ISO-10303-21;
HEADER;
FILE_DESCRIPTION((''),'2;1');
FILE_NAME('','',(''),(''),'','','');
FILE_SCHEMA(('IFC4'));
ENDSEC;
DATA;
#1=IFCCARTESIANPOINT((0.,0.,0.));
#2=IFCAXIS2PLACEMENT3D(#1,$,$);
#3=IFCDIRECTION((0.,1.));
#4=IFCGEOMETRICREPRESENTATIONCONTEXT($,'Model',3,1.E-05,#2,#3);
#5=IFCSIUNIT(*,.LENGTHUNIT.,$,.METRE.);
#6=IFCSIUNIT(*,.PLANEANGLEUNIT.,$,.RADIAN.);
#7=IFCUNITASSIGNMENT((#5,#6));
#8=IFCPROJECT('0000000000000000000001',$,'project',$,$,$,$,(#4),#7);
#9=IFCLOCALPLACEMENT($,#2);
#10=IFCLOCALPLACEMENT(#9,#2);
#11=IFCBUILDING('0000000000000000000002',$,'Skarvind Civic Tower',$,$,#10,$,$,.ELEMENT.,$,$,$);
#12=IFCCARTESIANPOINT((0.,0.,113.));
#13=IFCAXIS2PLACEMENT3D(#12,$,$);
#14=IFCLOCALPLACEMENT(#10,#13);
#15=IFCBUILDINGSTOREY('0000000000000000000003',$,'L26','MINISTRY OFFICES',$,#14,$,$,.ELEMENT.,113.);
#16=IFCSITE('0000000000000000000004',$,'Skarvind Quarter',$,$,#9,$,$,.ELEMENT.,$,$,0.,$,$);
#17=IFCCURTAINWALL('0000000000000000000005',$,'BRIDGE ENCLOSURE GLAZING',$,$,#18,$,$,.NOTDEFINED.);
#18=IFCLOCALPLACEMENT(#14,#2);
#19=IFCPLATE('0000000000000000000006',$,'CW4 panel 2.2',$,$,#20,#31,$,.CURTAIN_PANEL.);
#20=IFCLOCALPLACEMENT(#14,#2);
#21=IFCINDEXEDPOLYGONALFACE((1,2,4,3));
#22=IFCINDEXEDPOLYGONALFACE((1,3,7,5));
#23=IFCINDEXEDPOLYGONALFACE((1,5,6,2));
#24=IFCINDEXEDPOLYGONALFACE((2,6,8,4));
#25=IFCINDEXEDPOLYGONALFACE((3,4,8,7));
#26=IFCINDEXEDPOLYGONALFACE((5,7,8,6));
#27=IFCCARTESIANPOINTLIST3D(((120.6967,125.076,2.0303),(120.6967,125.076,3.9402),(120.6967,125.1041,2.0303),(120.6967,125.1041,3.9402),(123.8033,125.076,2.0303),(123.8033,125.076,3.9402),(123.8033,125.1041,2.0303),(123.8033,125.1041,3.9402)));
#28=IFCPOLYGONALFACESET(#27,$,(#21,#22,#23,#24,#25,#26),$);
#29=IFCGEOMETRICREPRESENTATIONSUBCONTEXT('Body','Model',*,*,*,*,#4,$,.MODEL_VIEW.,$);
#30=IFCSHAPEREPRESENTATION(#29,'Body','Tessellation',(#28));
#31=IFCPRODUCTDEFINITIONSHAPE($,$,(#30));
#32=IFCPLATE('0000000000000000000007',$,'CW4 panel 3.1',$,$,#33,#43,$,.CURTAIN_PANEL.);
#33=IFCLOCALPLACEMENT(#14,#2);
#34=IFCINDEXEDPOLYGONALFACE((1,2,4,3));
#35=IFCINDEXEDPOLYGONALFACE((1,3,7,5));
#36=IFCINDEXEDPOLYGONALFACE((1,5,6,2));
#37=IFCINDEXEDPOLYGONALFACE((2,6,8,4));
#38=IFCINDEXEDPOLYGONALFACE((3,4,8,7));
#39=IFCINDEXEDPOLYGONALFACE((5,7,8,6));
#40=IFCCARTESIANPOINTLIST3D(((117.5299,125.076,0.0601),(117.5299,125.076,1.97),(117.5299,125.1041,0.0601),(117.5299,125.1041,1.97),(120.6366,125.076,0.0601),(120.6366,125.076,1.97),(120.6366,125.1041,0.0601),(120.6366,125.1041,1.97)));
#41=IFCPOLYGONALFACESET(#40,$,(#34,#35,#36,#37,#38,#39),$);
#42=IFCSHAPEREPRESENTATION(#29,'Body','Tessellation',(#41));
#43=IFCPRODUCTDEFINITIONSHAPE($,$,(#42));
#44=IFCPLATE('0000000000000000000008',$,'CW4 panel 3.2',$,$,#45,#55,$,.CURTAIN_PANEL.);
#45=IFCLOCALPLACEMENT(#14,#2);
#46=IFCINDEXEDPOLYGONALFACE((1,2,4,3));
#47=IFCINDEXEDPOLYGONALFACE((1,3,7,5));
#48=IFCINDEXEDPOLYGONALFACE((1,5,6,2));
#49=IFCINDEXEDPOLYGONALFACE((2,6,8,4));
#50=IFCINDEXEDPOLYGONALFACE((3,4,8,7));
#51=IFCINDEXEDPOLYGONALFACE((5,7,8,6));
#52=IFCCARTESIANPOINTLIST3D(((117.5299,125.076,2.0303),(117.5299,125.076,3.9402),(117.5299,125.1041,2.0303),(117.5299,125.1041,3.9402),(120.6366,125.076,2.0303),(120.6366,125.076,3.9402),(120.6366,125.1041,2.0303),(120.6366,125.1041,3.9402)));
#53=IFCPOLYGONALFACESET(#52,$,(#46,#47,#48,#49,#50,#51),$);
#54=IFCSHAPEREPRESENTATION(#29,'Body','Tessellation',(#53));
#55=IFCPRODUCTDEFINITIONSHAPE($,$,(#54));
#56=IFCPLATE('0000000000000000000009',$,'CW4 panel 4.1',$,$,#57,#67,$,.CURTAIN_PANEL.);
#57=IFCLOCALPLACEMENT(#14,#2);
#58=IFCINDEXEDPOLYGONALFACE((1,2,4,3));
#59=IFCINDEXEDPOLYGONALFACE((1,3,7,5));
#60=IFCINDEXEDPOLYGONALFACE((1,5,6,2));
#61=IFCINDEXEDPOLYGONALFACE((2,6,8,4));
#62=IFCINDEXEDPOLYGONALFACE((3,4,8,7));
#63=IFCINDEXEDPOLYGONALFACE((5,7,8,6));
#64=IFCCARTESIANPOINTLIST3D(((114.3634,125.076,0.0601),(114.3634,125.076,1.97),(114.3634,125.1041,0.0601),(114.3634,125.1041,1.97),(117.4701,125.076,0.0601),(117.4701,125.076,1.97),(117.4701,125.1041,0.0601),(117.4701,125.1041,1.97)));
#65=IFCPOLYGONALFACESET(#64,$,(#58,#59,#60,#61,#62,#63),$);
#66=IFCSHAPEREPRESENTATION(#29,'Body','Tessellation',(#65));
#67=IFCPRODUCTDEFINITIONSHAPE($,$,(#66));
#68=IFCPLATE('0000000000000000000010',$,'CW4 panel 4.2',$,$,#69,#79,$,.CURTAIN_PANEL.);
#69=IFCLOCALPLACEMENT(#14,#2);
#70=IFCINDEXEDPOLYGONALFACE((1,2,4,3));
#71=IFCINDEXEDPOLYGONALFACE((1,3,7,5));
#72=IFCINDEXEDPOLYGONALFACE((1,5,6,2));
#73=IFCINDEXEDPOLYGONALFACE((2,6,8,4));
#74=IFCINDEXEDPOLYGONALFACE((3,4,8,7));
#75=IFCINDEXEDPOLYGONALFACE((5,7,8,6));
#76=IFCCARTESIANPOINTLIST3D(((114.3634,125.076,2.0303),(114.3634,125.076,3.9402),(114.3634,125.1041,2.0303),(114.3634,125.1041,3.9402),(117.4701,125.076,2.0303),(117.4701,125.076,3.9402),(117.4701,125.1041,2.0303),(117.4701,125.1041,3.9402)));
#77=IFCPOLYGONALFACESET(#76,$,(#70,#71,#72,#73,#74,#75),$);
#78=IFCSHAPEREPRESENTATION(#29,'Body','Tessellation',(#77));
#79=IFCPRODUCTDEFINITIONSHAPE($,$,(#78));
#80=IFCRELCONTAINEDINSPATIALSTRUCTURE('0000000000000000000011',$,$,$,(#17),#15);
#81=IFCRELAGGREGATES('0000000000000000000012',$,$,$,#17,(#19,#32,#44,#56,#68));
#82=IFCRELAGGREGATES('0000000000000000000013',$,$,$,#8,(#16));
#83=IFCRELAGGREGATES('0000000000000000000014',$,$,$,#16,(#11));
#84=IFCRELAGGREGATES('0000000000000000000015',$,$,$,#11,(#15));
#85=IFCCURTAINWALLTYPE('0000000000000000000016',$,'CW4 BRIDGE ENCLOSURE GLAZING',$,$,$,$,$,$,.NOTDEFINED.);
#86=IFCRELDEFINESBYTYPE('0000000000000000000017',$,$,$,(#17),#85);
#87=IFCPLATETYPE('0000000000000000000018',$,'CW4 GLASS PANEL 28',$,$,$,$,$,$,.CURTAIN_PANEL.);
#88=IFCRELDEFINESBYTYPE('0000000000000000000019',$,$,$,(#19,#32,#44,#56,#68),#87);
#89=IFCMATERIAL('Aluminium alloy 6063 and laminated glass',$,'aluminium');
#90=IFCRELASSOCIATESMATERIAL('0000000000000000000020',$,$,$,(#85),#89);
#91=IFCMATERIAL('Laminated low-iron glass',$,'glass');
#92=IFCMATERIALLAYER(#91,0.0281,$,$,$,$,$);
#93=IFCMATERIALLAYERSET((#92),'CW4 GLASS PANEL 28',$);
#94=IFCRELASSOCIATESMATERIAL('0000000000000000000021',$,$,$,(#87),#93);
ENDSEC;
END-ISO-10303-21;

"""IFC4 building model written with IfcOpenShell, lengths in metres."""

from ifc_helpers import new_model, si_unit, direction, frame, origin, origin_2d, place, context, subcontext, project, spatial, rectangle, extrude, material, layer, layer_set, type_object, element, aggregate, save


model = new_model("IFC4")

# Units and contexts
model_context = context("Model", 3, precision=1e-05, world=origin(), true_north=direction((0.0, 1.0)))
body_context = subcontext(model_context, "Body", "Model", "MODEL_VIEW")
ifc_project = project(units=[si_unit("LENGTHUNIT", "METRE"), si_unit("PLANEANGLEUNIT", "RADIAN")], contexts=[model_context])

# Site, building, storey
site_placement = place(None, origin())
site = spatial("IfcSite", under=ifc_project, at=site_placement, Name="Skarvind Quarter", CompositionType="ELEMENT", RefElevation=0.0)
building_placement = place(site_placement, origin())
building = spatial("IfcBuilding", under=site, at=building_placement, Name="Skarvind Civic Tower", CompositionType="ELEMENT")
storey_placement = place(building_placement, frame((0.0, 0.0, 113.0)))
storey = spatial("IfcBuildingStorey", under=building, at=storey_placement, Name="L26", Description="MINISTRY OFFICES", CompositionType="ELEMENT", Elevation=113.0)

# Curtain wall, plates
ifc_material_1 = material(Name="Aluminium alloy 6063 and laminated glass", Category="aluminium")
curtain_wall_type = type_object("IfcCurtainWallType", Name="CW4 BRIDGE ENCLOSURE GLAZING", PredefinedType="NOTDEFINED", material=ifc_material_1)
curtain_wall_placement = place(storey_placement, origin())
curtain_wall = element("IfcCurtainWall", 1, at=curtain_wall_placement, inside=storey, type_object=curtain_wall_type, Name="BRIDGE ENCLOSURE GLAZING", PredefinedType="NOTDEFINED")
ifc_material_2 = material(Name="Laminated low-iron glass", Category="glass")
ifc_layer = layer(ifc_material_2, 0.0281)
ifc_layer_set = layer_set([ifc_layer], Name="CW4 GLASS PANEL 28")
plate_type = type_object("IfcPlateType", Name="CW4 GLASS PANEL 28", PredefinedType="CURTAIN_PANEL", material=ifc_layer_set)
plate_1_placement = place(storey_placement, frame((122.25, 125.0901, 2.0303), z_axis=(0.0, 0.0, 1.0), x_axis=(-1.0, 0.0, 0.0)))
plate_1 = element("IfcPlate", 2, at=plate_1_placement, type_object=plate_type, Name="CW4 panel 2.2", PredefinedType="CURTAIN_PANEL", context=body_context, shape_type="SweptSolid", body=[
    extrude(rectangle(XDim=3.1067, YDim=0.0281, at=origin_2d()), origin(), (0.0, 0.0, 1.0), 1.9099),
])
plate_2_placement = place(storey_placement, frame((119.0833, 125.0901, 0.0601), z_axis=(0.0, 0.0, 1.0), x_axis=(-1.0, 0.0, 0.0)))
plate_2 = element("IfcPlate", 3, at=plate_2_placement, type_object=plate_type, Name="CW4 panel 3.1", PredefinedType="CURTAIN_PANEL", context=body_context, shape_type="SweptSolid", body=[
    extrude(rectangle(XDim=3.1067, YDim=0.0281, at=origin_2d()), origin(), (0.0, 0.0, 1.0), 1.9099),
])
plate_3_placement = place(storey_placement, frame((119.0833, 125.0901, 2.0303), z_axis=(0.0, 0.0, 1.0), x_axis=(-1.0, 0.0, 0.0)))
plate_3 = element("IfcPlate", 4, at=plate_3_placement, type_object=plate_type, Name="CW4 panel 3.2", PredefinedType="CURTAIN_PANEL", context=body_context, shape_type="SweptSolid", body=[
    extrude(rectangle(XDim=3.1067, YDim=0.0281, at=origin_2d()), origin(), (0.0, 0.0, 1.0), 1.9099),
])
plate_4_placement = place(storey_placement, frame((115.9167, 125.0901, 0.0601), z_axis=(0.0, 0.0, 1.0), x_axis=(-1.0, 0.0, 0.0)))
plate_4 = element("IfcPlate", 5, at=plate_4_placement, type_object=plate_type, Name="CW4 panel 4.1", PredefinedType="CURTAIN_PANEL", context=body_context, shape_type="SweptSolid", body=[
    extrude(rectangle(XDim=3.1067, YDim=0.0281, at=origin_2d()), origin(), (0.0, 0.0, 1.0), 1.9099),
])
plate_5_placement = place(storey_placement, frame((115.9167, 125.0901, 2.0303), z_axis=(0.0, 0.0, 1.0), x_axis=(-1.0, 0.0, 0.0)))
plate_5 = element("IfcPlate", 6, at=plate_5_placement, type_object=plate_type, Name="CW4 panel 4.2", PredefinedType="CURTAIN_PANEL", context=body_context, shape_type="SweptSolid", body=[
    extrude(rectangle(XDim=3.1067, YDim=0.0281, at=origin_2d()), origin(), (0.0, 0.0, 1.0), 1.9099),
])
aggregate(curtain_wall, [plate_1, plate_2, plate_3, plate_4, plate_5])

save(model, "model.ifc")
